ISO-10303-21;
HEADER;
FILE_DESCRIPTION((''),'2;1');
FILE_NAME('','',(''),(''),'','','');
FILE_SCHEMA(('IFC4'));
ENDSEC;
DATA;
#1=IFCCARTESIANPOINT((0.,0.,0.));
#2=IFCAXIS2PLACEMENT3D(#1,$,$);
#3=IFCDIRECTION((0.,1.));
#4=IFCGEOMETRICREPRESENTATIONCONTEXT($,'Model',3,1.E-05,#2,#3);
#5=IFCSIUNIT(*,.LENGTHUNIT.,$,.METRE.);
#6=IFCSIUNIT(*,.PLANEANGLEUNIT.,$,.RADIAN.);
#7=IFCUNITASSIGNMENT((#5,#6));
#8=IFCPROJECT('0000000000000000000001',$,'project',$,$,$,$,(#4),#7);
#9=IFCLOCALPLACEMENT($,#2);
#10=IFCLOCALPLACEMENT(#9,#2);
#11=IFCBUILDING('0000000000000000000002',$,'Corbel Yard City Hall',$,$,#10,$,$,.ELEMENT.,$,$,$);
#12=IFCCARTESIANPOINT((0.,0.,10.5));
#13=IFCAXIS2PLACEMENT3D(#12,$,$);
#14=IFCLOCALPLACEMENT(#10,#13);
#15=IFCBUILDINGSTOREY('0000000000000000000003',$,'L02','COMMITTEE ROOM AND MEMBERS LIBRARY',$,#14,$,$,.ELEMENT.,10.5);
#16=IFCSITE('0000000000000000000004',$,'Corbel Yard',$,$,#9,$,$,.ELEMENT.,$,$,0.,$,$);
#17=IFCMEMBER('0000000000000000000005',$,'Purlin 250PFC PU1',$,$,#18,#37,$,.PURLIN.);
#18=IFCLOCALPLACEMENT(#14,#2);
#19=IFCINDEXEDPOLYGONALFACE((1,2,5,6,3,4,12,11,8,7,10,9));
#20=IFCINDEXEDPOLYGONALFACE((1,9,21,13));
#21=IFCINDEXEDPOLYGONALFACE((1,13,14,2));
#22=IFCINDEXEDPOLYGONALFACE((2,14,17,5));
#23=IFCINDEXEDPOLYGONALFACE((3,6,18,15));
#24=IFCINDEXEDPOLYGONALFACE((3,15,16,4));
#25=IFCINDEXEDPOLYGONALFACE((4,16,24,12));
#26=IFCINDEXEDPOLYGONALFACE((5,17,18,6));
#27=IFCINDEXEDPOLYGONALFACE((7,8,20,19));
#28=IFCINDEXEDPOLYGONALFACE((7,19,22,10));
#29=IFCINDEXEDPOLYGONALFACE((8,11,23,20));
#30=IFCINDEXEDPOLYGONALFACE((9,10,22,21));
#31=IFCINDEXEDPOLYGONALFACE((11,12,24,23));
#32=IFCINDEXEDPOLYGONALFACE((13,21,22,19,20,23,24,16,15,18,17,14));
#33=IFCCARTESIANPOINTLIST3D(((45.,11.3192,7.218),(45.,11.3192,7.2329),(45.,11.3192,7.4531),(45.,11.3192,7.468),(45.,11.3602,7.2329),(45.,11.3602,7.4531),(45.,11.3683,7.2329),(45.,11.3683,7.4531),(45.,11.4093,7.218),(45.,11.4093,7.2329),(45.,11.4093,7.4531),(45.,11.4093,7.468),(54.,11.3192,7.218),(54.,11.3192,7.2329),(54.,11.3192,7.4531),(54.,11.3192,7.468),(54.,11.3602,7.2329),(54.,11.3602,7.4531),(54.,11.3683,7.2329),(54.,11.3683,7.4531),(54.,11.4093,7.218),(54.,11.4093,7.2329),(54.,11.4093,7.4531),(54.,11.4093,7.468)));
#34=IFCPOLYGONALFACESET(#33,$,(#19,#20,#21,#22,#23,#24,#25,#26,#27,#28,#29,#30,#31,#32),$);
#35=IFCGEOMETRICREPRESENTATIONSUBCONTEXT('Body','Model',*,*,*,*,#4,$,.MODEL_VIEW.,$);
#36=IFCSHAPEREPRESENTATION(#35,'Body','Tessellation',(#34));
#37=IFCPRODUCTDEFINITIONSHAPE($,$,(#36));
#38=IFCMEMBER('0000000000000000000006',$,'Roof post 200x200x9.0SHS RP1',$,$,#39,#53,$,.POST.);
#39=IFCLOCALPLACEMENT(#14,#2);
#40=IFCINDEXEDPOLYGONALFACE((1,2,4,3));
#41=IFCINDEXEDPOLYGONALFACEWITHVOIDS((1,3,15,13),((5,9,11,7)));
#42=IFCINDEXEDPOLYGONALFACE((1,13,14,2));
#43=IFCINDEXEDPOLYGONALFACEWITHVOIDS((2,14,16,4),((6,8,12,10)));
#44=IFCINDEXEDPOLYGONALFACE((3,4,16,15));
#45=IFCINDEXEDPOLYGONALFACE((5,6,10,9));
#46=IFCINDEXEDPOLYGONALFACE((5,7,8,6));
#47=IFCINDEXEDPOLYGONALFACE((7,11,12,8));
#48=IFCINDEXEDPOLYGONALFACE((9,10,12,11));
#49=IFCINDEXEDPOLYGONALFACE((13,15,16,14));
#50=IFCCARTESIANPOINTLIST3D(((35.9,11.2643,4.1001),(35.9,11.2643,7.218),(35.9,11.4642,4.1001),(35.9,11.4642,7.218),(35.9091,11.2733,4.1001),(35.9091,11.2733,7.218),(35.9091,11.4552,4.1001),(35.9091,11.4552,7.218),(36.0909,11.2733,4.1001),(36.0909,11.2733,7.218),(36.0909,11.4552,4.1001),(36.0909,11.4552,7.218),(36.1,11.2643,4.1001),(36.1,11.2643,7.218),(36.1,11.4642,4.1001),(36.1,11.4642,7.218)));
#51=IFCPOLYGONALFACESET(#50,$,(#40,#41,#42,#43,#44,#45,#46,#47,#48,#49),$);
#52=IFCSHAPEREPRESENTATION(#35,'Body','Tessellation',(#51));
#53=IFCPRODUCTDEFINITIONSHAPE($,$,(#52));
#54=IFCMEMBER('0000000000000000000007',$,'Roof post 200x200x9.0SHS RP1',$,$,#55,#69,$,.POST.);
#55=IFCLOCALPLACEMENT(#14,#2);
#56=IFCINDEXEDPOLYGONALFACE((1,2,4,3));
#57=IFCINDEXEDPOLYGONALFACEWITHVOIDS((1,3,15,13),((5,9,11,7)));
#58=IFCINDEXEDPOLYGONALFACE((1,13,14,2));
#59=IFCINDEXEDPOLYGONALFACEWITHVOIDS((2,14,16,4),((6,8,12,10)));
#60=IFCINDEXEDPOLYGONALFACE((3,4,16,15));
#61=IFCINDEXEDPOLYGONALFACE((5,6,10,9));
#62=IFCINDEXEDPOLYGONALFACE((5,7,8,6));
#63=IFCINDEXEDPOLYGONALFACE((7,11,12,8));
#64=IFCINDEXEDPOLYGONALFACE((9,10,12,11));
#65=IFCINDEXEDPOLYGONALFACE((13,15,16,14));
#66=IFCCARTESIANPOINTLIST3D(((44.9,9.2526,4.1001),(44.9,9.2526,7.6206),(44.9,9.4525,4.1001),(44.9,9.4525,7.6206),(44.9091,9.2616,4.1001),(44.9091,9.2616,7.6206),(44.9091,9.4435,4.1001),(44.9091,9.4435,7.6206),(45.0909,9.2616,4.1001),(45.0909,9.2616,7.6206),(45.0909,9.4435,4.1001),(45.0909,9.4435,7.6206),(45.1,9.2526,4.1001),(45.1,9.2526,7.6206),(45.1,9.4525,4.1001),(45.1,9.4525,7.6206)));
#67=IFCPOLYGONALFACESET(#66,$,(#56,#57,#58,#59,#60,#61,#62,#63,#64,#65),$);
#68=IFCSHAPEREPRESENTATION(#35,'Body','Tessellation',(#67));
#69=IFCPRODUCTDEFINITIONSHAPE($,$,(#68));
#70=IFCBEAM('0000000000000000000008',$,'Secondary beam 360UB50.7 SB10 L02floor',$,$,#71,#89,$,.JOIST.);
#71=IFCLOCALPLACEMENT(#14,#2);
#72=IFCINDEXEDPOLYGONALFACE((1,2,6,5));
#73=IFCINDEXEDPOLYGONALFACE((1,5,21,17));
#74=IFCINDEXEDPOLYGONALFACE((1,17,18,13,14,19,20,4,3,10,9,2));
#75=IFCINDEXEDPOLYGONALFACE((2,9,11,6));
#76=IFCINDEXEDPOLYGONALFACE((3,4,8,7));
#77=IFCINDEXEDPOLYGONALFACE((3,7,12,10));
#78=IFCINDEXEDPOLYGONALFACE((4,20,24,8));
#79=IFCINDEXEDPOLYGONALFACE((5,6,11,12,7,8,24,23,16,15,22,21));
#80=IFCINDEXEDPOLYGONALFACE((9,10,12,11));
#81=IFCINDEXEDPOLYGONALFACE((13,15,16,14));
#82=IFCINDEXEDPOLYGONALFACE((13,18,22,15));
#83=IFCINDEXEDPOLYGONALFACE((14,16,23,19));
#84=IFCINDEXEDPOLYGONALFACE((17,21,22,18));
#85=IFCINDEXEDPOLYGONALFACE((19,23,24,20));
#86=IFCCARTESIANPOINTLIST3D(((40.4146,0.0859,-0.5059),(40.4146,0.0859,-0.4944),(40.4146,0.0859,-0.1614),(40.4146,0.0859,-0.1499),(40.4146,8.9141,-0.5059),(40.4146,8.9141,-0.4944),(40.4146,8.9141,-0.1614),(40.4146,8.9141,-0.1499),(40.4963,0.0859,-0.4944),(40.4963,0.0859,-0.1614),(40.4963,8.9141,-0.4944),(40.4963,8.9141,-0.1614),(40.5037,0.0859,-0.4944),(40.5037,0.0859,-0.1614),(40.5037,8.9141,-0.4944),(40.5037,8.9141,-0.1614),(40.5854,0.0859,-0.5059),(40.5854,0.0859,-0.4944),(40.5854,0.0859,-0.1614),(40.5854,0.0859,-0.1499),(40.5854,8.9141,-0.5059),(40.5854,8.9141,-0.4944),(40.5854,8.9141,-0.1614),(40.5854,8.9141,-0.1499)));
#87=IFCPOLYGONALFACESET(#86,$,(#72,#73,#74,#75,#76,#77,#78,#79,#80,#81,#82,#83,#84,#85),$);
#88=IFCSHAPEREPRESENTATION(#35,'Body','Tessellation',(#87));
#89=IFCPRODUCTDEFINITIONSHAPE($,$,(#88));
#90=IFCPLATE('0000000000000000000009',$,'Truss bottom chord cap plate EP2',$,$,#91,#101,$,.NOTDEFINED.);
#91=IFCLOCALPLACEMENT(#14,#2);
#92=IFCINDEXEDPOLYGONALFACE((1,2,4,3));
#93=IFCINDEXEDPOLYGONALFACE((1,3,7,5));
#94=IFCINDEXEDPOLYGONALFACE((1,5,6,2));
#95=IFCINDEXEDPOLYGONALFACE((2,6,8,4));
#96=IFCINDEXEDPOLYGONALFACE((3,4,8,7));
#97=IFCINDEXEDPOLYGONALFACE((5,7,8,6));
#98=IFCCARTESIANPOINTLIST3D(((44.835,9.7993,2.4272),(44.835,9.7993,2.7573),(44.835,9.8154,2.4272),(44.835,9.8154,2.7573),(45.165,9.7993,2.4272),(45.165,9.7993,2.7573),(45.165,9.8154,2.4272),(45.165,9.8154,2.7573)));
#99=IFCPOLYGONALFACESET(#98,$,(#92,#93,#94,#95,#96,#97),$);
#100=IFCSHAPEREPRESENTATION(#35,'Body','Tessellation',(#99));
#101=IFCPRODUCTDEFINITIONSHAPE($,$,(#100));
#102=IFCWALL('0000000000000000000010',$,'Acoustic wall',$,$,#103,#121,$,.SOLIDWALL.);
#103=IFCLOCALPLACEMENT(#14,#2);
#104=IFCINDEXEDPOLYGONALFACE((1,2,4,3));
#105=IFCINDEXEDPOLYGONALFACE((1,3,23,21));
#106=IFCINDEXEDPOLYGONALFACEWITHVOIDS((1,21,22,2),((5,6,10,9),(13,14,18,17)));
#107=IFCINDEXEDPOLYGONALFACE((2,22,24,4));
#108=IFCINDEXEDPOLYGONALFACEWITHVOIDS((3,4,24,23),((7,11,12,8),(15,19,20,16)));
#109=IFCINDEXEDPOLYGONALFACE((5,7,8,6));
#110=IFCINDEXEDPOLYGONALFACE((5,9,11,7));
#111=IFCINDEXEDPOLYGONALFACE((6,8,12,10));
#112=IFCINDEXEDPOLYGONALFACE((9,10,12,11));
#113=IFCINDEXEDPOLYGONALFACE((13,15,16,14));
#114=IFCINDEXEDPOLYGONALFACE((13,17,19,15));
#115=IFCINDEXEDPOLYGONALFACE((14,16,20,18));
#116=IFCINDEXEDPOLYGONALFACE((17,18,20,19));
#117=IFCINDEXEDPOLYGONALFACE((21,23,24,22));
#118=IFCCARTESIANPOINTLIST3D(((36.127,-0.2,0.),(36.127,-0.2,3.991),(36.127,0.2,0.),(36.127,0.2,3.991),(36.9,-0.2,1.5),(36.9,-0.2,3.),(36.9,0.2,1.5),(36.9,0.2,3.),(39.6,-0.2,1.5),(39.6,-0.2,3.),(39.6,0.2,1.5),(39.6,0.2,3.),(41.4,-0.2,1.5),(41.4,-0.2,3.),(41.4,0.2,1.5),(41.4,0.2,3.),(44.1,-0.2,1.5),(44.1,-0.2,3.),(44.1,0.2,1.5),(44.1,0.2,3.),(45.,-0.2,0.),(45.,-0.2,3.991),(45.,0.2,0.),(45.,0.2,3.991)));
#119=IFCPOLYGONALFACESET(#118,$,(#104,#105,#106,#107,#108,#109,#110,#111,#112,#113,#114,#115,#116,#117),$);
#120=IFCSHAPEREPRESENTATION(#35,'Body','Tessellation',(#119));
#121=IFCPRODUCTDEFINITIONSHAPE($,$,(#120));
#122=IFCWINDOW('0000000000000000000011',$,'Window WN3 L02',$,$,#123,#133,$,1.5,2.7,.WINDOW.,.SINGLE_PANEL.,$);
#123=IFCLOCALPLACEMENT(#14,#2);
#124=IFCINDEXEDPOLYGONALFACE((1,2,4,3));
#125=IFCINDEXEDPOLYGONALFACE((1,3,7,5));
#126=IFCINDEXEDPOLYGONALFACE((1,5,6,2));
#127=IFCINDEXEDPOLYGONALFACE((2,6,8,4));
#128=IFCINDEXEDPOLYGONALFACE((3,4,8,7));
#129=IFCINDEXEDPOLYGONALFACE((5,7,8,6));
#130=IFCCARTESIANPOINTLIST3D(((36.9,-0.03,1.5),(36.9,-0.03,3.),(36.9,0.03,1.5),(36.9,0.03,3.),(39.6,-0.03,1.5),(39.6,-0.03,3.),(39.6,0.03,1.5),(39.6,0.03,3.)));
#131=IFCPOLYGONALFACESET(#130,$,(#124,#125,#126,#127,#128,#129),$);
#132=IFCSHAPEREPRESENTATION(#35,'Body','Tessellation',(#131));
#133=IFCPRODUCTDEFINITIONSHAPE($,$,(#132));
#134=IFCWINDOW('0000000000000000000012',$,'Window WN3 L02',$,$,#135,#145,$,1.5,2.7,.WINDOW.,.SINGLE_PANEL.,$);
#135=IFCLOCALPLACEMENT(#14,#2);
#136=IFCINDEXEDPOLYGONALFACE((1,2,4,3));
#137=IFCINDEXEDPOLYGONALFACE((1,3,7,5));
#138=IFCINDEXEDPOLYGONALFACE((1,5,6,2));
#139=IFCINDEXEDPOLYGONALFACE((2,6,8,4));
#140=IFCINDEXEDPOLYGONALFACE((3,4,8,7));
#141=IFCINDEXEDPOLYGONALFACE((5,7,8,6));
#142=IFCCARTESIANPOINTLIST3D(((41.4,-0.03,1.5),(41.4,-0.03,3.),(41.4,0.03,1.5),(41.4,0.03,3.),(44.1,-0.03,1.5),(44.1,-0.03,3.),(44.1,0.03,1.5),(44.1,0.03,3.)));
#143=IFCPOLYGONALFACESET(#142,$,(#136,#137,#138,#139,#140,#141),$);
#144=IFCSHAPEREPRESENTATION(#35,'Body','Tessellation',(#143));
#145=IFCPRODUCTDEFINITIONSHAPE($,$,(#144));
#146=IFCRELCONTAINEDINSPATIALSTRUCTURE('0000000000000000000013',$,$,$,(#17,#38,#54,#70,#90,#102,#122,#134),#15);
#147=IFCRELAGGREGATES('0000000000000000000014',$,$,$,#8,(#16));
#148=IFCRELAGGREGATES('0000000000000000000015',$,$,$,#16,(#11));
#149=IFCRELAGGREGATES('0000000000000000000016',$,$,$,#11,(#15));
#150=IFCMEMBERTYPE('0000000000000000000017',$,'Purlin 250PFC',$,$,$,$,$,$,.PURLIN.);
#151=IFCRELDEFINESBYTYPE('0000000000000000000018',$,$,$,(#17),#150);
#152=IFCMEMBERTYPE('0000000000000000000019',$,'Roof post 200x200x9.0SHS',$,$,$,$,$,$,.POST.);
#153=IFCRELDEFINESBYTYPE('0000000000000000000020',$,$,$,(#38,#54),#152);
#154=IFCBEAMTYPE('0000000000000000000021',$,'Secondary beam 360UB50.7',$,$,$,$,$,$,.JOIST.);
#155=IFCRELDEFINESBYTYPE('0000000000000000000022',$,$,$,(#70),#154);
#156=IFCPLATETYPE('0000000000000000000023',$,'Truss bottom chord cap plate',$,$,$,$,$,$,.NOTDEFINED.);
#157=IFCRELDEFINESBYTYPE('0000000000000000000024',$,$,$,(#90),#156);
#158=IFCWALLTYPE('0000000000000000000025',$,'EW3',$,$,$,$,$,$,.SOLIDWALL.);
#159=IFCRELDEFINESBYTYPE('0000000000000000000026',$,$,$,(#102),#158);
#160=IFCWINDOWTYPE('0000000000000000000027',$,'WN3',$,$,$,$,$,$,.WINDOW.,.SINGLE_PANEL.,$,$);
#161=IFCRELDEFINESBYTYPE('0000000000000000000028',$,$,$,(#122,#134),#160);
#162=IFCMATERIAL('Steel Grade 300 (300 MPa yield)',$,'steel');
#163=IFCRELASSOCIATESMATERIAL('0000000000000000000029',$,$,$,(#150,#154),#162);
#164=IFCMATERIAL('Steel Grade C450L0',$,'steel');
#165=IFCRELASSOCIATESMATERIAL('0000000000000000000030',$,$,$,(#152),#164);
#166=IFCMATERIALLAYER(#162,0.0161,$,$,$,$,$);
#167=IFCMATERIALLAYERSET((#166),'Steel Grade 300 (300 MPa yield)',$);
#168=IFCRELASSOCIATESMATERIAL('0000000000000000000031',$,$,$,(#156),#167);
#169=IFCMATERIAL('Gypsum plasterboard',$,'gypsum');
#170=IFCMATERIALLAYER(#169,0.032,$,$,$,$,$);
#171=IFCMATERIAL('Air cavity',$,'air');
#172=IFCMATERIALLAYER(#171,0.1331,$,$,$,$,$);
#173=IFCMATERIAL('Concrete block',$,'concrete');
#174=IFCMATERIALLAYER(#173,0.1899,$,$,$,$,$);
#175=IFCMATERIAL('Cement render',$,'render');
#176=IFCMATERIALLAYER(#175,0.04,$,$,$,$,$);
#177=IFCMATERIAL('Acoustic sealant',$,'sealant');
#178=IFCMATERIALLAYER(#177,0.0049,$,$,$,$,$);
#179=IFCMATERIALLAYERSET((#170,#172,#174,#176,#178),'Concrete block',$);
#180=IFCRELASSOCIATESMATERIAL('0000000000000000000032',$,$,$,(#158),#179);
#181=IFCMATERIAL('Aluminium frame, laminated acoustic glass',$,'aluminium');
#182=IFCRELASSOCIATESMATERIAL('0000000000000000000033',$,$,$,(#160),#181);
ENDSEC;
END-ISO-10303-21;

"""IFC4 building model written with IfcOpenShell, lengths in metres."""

from ifc_helpers import new_model, si_unit, direction, frame, frame_2d, origin, origin_2d, place, context, subcontext, project, spatial, rectangle, hollow_rectangle, i_section, extrude, material, layer, layer_set, material_profile, profile_set, type_object, element, fill, save


model = new_model("IFC4")

# Units and contexts
model_context = context("Model", 3, precision=1e-05, world=origin(), true_north=direction((0.0, 1.0)))
body_context = subcontext(model_context, "Body", "Model", "MODEL_VIEW")
ifc_project = project(units=[si_unit("LENGTHUNIT", "METRE"), si_unit("PLANEANGLEUNIT", "RADIAN")], contexts=[model_context])

# Site, building, storey
site_placement = place(None, origin())
site = spatial("IfcSite", under=ifc_project, at=site_placement, Name="Corbel Yard", CompositionType="ELEMENT", RefElevation=0.0)
building_placement = place(site_placement, origin())
building = spatial("IfcBuilding", under=site, at=building_placement, Name="Corbel Yard City Hall", CompositionType="ELEMENT")
storey_placement = place(building_placement, frame((0.0, 0.0, 10.5)))
storey = spatial("IfcBuildingStorey", under=building, at=storey_placement, Name="L02", Description="COMMITTEE ROOM AND MEMBERS LIBRARY", CompositionType="ELEMENT", Elevation=10.5)

# Shared definitions
ifc_material_1 = material(Name="Steel Grade 300 (300 MPa yield)", Category="steel")

# Members
ifc_material_profile_1 = material_profile(ifc_material_1, i_section(OverallWidth=0.0901, OverallDepth=0.25, WebThickness=0.0081, FlangeThickness=0.0149, at=origin_2d()), Name="250PFC")
ifc_profile_set_1 = profile_set([ifc_material_profile_1], Name="Steel Grade 300 (300 MPa yield)")
member_type_1 = type_object("IfcMemberType", Name="Purlin 250PFC", PredefinedType="PURLIN", material=ifc_profile_set_1)
for number, where, z_axis, x_axis, name in (
    (1, (45.0, 11.3643, 7.343), (1.0, 0.0, 0.0), (0.0, 1.0, 0.0), "Purlin 250PFC PU1"),
):
    element("IfcMember", number, at=place(storey_placement, frame(where, z_axis=z_axis, x_axis=x_axis)), inside=storey, type_object=member_type_1, Name=name, PredefinedType="PURLIN", context=body_context, shape_type="SweptSolid", body=[
        extrude(i_section(OverallWidth=0.0901, OverallDepth=0.25, WebThickness=0.0081, FlangeThickness=0.0149, at=origin_2d()), origin(), (0.0, 0.0, 1.0), 9.0),
    ])
ifc_material_2 = material(Name="Steel Grade C450L0", Category="steel")
ifc_material_profile_2 = material_profile(ifc_material_2, hollow_rectangle(XDim=0.2, YDim=0.2, WallThickness=0.009, at=origin_2d()), Name="200x200x9.0SHS")
ifc_profile_set_2 = profile_set([ifc_material_profile_2], Name="Steel Grade C450L0")
member_type_2 = type_object("IfcMemberType", Name="Roof post 200x200x9.0SHS", PredefinedType="POST", material=ifc_profile_set_2)
member_1_placement = place(storey_placement, frame((36.0, 11.3643, 4.1001), z_axis=(0.0, 0.0, 1.0), x_axis=(1.0, 0.0, 0.0)))
element("IfcMember", 2, at=member_1_placement, inside=storey, type_object=member_type_2, Name="Roof post 200x200x9.0SHS RP1", PredefinedType="POST", context=body_context, shape_type="SweptSolid", body=[
    extrude(hollow_rectangle(XDim=0.2, YDim=0.2, WallThickness=0.009, at=origin_2d()), origin(), (0.0, 0.0, 1.0), 3.1179),
])
member_2_placement = place(storey_placement, frame((45.0, 9.3525, 4.1001), z_axis=(0.0, 0.0, 1.0), x_axis=(1.0, 0.0, 0.0)))
element("IfcMember", 3, at=member_2_placement, inside=storey, type_object=member_type_2, Name="Roof post 200x200x9.0SHS RP1", PredefinedType="POST", context=body_context, shape_type="SweptSolid", body=[
    extrude(hollow_rectangle(XDim=0.2, YDim=0.2, WallThickness=0.009, at=origin_2d()), origin(), (0.0, 0.0, 1.0), 3.5205),
])

# Beam
ifc_material_profile_3 = material_profile(ifc_material_1, i_section(OverallWidth=0.1709, OverallDepth=0.356, WebThickness=0.0073, FlangeThickness=0.0115, at=origin_2d()), Name="360UB50.7")
ifc_profile_set_3 = profile_set([ifc_material_profile_3], Name="Steel Grade 300 (300 MPa yield)")
beam_type_1 = type_object("IfcBeamType", Name="Secondary beam 360UB50.7", PredefinedType="JOIST", material=ifc_profile_set_3)
beam_1_placement = place(storey_placement, frame((40.5, 0.0859, -0.3279), z_axis=(0.0, 1.0, 0.0), x_axis=(-1.0, 0.0, 0.0)))
element("IfcBeam", 4, at=beam_1_placement, inside=storey, type_object=beam_type_1, Name="Secondary beam 360UB50.7 SB10 L02floor", PredefinedType="JOIST", context=body_context, shape_type="SweptSolid", body=[
    extrude(i_section(OverallWidth=0.1709, OverallDepth=0.356, WebThickness=0.0073, FlangeThickness=0.0115, at=origin_2d()), origin(), (0.0, 0.0, 1.0), 8.8281),
])

# Plate
ifc_layer_1 = layer(ifc_material_1, 0.0161)
ifc_layer_set_1 = layer_set([ifc_layer_1], Name="Steel Grade 300 (300 MPa yield)")
plate_type = type_object("IfcPlateType", Name="Truss bottom chord cap plate", PredefinedType="NOTDEFINED", material=ifc_layer_set_1)
plate_placement = place(storey_placement, frame((45.0, 9.8074, 2.4272), z_axis=(0.0, 0.0, 1.0), x_axis=(1.0, 0.0, 0.0)))
element("IfcPlate", 5, at=plate_placement, inside=storey, type_object=plate_type, Name="Truss bottom chord cap plate EP2", PredefinedType="NOTDEFINED", context=body_context, shape_type="SweptSolid", body=[
    extrude(rectangle(XDim=0.3301, YDim=0.0161, at=origin_2d()), origin(), (0.0, 0.0, 1.0), 0.3301),
])

# Wall, openings, windows
ifc_material_3 = material(Name="Gypsum plasterboard", Category="gypsum")
ifc_layer_2 = layer(ifc_material_3, 0.032)
ifc_material_4 = material(Name="Air cavity", Category="air")
ifc_layer_3 = layer(ifc_material_4, 0.1331)
ifc_material_5 = material(Name="Concrete block", Category="concrete")
ifc_layer_4 = layer(ifc_material_5, 0.1899)
ifc_material_6 = material(Name="Cement render", Category="render")
ifc_layer_5 = layer(ifc_material_6, 0.04)
ifc_material_7 = material(Name="Acoustic sealant", Category="sealant")
ifc_layer_6 = layer(ifc_material_7, 0.0049)
ifc_layer_set_2 = layer_set([ifc_layer_2, ifc_layer_3, ifc_layer_4, ifc_layer_5, ifc_layer_6], Name="Concrete block")
wall_type_1 = type_object("IfcWallType", Name="EW3", PredefinedType="SOLIDWALL", material=ifc_layer_set_2)
wall_1_placement = place(storey_placement, frame((36.127, 0.0, 0.0), z_axis=(0.0, 0.0, 1.0), x_axis=(1.0, 0.0, 0.0)))
wall_1 = element("IfcWall", 6, at=wall_1_placement, inside=storey, type_object=wall_type_1, Name="Acoustic wall", PredefinedType="SOLIDWALL", context=body_context, shape_type="SweptSolid", body=[
    extrude(rectangle(XDim=8.873, YDim=0.3999, at=frame_2d((4.4365, 0.0))), origin(), (0.0, 0.0, 1.0), 3.991),
])
opening_1_placement = place(wall_1_placement, frame((0.7729, 0.0, 1.5)))
opening_1 = element("IfcOpeningElement", 7, at=opening_1_placement, cuts=wall_1, PredefinedType="OPENING", context=body_context, shape_type="SweptSolid", body=[
    extrude(rectangle(XDim=2.7, YDim=1.5, at=frame_2d((1.3501, 0.75))), frame((0.0, 0.21, 0.0), z_axis=(0.0, -1.0, 0.0), x_axis=(1.0, 0.0, 0.0)), (0.0, 0.0, 1.0), 0.4199),
])
opening_2_placement = place(wall_1_placement, frame((5.2729, 0.0, 1.5)))
opening_2 = element("IfcOpeningElement", 8, at=opening_2_placement, cuts=wall_1, PredefinedType="OPENING", context=body_context, shape_type="SweptSolid", body=[
    extrude(rectangle(XDim=2.7, YDim=1.5, at=frame_2d((1.3501, 0.75))), frame((0.0, 0.21, 0.0), z_axis=(0.0, -1.0, 0.0), x_axis=(1.0, 0.0, 0.0)), (0.0, 0.0, 1.0), 0.4199),
])
ifc_material_8 = material(Name="Aluminium frame, laminated acoustic glass", Category="aluminium")
window_type = type_object("IfcWindowType", Name="WN3", PartitioningType="SINGLE_PANEL", PredefinedType="WINDOW", material=ifc_material_8)
window_1_placement = place(opening_1_placement, origin())
window_1 = element("IfcWindow", 9, at=window_1_placement, inside=storey, type_object=window_type, Name="Window WN3 L02", OverallHeight=1.5, OverallWidth=2.7, PartitioningType="SINGLE_PANEL", PredefinedType="WINDOW", context=body_context, shape_type="SweptSolid", body=[
    extrude(rectangle(XDim=2.7, YDim=1.5, at=frame_2d((1.3501, 0.75))), frame((0.0, 0.03, 0.0), z_axis=(0.0, -1.0, 0.0), x_axis=(1.0, 0.0, 0.0)), (0.0, 0.0, 1.0), 0.0601),
])
fill(opening_1, window_1)
window_2_placement = place(opening_2_placement, origin())
window_2 = element("IfcWindow", 10, at=window_2_placement, inside=storey, type_object=window_type, Name="Window WN3 L02", OverallHeight=1.5, OverallWidth=2.7, PartitioningType="SINGLE_PANEL", PredefinedType="WINDOW", context=body_context, shape_type="SweptSolid", body=[
    extrude(rectangle(XDim=2.7, YDim=1.5, at=frame_2d((1.3501, 0.75))), frame((0.0, 0.03, 0.0), z_axis=(0.0, -1.0, 0.0), x_axis=(1.0, 0.0, 0.0)), (0.0, 0.0, 1.0), 0.0601),
])
fill(opening_2, window_2)

save(model, "model.ifc")
